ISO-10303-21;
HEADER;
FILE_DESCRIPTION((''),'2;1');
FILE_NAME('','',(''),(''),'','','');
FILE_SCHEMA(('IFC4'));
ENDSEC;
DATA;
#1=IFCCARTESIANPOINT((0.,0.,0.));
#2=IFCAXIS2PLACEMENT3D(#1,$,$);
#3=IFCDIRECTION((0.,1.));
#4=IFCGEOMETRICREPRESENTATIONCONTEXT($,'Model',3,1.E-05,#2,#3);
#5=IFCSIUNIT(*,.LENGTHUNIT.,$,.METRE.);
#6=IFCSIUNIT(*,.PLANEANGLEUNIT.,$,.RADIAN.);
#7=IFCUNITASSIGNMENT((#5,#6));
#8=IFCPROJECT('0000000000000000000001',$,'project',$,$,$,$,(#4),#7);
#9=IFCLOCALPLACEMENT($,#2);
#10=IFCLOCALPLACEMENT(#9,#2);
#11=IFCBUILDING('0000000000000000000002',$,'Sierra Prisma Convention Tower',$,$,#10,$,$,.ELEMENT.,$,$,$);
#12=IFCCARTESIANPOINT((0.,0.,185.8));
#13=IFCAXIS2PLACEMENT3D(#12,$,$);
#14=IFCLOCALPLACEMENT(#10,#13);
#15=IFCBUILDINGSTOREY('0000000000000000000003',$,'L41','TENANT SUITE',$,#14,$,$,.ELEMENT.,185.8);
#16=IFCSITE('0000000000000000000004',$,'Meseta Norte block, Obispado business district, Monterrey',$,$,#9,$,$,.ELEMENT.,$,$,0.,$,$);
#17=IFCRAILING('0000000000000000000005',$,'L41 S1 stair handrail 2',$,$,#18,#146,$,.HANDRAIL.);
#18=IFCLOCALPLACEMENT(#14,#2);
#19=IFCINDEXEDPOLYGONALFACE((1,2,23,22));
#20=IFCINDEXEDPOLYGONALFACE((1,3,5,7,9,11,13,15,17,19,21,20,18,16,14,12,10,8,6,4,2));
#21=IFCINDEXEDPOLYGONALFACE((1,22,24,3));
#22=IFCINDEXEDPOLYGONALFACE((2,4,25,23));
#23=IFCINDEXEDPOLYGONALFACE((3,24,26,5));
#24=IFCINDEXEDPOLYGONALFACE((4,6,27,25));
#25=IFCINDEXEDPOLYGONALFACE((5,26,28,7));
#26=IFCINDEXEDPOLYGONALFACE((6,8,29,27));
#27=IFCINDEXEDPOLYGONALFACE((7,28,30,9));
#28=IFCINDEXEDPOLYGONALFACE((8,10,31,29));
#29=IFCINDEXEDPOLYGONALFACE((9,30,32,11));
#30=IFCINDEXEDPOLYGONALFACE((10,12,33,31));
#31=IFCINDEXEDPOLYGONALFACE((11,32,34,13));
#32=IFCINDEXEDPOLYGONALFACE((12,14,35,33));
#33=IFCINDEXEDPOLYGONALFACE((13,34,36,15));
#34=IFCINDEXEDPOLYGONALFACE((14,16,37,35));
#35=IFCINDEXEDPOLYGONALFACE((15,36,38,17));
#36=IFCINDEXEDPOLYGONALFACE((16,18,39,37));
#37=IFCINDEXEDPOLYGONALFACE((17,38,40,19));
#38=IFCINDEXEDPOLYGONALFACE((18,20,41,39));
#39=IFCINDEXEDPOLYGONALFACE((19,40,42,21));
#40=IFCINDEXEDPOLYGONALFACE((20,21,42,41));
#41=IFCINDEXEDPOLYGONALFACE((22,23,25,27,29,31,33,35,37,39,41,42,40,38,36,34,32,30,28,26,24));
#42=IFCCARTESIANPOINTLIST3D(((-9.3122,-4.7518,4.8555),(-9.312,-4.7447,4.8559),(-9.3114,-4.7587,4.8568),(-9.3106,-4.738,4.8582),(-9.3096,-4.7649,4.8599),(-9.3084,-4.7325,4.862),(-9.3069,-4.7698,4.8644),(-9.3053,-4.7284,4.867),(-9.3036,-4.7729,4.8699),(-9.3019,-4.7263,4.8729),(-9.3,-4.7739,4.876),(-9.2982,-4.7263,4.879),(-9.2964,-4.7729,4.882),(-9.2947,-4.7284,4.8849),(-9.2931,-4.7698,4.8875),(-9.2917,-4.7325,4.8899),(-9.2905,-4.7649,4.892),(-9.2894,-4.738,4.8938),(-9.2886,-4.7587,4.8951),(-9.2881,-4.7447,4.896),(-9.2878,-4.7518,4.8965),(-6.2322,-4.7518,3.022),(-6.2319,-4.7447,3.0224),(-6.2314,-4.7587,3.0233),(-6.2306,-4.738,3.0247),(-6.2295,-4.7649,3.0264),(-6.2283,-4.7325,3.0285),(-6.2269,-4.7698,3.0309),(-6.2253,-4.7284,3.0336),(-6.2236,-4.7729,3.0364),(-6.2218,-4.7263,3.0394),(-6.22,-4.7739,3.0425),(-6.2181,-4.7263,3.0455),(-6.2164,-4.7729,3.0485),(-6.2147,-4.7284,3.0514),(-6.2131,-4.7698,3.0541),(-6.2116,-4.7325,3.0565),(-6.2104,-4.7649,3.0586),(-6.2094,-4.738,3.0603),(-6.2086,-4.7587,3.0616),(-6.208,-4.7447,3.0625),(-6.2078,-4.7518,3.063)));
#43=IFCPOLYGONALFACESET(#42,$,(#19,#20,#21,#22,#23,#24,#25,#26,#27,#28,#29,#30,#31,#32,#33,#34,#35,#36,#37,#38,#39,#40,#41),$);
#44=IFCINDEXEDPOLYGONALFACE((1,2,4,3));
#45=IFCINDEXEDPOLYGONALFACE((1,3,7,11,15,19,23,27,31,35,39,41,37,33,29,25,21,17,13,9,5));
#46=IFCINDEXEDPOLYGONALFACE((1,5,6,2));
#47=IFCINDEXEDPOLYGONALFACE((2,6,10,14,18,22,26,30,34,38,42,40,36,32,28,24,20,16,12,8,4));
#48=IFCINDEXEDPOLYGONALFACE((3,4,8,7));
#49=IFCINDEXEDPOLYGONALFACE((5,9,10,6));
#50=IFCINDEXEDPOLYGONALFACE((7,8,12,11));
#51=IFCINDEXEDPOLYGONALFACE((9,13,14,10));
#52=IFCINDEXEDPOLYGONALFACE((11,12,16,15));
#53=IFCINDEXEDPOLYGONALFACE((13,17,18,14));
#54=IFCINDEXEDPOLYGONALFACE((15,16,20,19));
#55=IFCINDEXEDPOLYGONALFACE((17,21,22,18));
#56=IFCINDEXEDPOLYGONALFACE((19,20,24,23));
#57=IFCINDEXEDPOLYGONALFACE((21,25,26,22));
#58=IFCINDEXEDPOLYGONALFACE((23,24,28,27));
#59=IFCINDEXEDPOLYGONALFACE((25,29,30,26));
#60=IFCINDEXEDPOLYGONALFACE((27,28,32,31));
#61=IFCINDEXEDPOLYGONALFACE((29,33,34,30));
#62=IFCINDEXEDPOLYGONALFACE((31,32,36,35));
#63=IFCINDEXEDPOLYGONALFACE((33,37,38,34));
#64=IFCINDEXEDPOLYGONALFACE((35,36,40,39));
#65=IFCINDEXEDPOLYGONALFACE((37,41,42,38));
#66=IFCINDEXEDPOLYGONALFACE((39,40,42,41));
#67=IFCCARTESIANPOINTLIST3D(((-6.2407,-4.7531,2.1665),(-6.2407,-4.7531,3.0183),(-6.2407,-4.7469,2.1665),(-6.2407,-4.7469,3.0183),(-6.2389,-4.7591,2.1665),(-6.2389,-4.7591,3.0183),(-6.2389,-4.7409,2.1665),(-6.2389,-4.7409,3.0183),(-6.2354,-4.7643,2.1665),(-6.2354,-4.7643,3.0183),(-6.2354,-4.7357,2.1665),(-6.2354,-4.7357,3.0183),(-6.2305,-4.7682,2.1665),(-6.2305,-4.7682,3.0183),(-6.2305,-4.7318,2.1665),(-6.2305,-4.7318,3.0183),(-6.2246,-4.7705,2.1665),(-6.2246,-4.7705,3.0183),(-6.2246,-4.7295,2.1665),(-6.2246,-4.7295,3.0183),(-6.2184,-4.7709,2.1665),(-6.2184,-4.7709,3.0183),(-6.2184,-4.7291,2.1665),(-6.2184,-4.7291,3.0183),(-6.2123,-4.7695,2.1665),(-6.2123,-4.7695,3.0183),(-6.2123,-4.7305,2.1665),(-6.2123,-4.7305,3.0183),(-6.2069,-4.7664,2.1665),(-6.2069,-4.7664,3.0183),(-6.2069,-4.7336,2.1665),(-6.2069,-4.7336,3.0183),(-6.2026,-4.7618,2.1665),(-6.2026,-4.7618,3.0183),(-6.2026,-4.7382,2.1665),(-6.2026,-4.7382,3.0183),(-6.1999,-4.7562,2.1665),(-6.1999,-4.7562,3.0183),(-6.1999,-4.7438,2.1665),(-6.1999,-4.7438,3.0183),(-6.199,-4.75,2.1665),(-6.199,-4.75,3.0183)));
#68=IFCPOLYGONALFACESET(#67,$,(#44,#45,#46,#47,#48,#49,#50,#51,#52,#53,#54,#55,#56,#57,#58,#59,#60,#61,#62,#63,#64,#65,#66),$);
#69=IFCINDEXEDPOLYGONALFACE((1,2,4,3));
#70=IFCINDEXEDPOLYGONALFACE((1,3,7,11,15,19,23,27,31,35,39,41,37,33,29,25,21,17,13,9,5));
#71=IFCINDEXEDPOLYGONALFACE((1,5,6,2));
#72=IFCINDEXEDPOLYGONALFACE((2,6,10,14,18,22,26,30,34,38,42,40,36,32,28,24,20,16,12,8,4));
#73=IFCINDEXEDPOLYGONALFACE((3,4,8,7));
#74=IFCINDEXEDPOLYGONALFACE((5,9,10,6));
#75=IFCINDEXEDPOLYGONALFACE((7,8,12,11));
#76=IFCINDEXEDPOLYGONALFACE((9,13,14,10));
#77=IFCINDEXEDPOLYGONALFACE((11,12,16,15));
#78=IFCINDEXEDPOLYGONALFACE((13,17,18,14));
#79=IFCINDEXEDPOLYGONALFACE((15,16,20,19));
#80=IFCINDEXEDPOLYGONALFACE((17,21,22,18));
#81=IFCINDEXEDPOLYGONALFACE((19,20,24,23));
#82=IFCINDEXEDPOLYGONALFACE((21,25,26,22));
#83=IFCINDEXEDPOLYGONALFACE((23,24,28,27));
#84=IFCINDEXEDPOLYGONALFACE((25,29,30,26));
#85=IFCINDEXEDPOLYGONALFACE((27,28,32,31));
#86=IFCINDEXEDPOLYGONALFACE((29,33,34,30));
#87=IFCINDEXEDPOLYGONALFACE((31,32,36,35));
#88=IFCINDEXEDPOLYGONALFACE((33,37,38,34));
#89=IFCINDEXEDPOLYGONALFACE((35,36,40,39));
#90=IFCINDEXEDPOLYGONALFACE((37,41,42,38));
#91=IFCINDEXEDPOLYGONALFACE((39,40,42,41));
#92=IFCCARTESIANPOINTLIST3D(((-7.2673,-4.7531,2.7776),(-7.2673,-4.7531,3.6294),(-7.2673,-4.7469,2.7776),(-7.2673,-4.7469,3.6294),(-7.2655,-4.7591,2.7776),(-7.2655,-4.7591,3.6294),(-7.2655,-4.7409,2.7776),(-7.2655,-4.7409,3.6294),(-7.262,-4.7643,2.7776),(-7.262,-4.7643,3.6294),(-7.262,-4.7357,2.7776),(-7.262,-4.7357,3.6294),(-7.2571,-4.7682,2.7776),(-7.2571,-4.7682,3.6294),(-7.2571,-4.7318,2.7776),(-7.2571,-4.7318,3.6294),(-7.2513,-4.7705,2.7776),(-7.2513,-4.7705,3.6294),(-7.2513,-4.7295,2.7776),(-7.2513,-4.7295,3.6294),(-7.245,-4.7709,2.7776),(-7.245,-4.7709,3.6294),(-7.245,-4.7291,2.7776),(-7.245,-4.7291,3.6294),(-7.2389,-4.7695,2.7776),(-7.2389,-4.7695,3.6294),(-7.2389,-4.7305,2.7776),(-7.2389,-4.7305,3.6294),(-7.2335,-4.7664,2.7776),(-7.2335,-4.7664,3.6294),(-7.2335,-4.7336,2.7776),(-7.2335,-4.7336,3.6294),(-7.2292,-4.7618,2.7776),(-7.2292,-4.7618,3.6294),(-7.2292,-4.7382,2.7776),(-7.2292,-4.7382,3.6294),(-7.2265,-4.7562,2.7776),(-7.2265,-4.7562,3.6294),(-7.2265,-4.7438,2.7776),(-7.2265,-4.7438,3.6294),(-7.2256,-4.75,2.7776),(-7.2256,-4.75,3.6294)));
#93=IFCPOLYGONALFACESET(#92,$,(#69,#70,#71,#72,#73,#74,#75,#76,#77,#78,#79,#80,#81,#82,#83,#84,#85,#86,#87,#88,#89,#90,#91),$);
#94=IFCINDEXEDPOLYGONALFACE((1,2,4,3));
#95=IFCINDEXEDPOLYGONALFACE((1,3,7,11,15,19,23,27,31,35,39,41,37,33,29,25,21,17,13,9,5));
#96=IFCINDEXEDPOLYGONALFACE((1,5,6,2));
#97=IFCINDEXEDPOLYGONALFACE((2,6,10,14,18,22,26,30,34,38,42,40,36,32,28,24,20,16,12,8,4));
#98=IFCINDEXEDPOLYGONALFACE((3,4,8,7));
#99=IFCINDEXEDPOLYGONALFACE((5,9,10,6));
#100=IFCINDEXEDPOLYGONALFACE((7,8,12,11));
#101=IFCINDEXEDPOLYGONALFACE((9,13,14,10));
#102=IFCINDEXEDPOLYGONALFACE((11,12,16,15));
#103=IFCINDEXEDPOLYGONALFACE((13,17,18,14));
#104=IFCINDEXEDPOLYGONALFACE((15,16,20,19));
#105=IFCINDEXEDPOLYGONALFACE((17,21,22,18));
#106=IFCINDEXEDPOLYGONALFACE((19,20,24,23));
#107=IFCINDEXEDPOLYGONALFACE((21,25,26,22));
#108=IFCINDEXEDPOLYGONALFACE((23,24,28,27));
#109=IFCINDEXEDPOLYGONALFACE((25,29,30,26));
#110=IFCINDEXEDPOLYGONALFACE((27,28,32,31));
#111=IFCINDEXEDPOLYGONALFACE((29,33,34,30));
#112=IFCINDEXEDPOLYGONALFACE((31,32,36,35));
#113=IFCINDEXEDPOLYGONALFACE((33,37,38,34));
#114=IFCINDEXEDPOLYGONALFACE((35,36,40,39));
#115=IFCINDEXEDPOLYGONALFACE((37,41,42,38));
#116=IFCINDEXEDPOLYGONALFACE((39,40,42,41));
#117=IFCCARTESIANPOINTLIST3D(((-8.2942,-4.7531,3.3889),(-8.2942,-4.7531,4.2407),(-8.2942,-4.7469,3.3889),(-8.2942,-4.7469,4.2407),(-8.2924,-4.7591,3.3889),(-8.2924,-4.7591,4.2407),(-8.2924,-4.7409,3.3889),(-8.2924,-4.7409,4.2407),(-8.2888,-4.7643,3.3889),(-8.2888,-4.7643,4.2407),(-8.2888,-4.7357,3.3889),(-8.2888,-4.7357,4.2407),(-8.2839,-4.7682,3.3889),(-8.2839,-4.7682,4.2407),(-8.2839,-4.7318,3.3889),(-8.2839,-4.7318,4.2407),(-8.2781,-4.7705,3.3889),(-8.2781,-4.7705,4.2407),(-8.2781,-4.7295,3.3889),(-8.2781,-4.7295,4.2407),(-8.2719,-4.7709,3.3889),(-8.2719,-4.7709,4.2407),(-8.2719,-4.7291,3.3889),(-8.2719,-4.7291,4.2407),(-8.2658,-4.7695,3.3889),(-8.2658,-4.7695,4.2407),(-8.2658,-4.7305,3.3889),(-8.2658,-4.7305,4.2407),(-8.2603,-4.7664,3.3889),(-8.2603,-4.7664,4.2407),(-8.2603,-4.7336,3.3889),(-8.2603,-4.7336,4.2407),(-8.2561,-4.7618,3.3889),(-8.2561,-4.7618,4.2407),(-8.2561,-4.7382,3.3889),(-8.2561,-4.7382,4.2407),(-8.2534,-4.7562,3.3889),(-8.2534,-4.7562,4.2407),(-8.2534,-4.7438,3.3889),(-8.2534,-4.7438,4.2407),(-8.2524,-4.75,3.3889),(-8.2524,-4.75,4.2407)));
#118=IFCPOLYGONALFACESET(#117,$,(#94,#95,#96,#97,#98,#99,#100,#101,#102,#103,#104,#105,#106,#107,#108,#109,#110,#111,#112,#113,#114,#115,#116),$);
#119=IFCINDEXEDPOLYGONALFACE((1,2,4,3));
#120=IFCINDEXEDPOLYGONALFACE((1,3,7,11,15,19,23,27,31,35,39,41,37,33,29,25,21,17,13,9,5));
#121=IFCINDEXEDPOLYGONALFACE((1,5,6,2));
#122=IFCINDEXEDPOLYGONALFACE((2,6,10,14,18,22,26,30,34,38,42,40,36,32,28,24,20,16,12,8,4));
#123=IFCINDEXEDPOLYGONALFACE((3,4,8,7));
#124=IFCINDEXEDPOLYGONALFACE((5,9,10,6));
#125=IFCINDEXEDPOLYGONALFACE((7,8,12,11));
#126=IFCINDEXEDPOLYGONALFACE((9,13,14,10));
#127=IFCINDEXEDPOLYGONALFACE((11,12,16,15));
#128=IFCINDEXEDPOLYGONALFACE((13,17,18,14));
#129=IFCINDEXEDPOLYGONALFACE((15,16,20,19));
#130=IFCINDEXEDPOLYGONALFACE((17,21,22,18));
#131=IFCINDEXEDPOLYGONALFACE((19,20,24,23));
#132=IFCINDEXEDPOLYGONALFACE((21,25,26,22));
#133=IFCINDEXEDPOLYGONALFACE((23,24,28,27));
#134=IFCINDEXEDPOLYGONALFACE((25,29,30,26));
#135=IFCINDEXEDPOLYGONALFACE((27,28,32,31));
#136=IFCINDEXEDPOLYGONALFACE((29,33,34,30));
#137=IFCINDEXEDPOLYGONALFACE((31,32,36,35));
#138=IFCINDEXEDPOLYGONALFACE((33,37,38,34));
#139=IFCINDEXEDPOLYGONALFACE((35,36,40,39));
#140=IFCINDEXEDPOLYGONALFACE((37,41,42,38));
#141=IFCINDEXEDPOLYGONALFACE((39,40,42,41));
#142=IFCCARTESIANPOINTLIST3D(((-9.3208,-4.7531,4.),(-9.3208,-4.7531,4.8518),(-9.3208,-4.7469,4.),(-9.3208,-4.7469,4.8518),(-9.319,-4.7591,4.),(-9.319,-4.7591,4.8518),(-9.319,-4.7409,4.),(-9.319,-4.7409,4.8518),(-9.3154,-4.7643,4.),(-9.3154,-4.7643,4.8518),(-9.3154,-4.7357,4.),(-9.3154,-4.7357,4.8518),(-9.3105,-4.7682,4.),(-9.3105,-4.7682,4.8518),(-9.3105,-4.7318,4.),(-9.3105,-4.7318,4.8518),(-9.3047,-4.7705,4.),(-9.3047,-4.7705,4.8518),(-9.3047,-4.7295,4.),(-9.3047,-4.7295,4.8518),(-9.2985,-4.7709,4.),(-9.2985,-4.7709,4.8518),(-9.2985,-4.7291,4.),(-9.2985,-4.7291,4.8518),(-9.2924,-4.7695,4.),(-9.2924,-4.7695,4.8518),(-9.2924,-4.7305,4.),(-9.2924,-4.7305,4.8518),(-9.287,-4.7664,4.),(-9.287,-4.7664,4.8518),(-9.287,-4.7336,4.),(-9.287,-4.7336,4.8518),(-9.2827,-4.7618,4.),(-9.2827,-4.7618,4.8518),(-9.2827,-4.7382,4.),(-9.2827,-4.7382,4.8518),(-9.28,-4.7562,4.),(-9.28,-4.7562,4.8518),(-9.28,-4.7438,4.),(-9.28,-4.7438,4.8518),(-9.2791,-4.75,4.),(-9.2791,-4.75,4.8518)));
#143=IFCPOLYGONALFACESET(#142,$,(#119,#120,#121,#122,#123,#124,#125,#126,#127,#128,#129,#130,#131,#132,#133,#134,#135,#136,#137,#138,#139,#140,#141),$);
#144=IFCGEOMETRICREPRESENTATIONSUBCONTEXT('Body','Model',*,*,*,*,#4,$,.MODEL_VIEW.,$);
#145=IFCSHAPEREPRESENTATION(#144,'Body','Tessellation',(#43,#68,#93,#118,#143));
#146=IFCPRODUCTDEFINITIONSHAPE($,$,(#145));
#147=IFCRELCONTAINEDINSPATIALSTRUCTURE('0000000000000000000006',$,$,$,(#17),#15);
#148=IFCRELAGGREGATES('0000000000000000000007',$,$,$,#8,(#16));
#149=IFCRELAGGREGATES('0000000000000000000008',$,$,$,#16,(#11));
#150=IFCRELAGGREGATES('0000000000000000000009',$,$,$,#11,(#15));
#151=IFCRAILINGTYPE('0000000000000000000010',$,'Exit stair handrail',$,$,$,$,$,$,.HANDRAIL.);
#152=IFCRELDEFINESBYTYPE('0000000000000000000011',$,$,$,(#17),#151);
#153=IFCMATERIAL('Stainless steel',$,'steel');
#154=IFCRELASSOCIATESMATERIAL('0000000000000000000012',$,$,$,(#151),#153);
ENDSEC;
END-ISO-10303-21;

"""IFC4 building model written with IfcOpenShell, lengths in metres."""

from ifc_helpers import new_model, si_unit, direction, frame, origin, origin_2d, place, context, subcontext, project, spatial, circle, extrude, material, type_object, element, save


model = new_model("IFC4")

# Units and contexts
model_context = context("Model", 3, precision=1e-05, world=origin(), true_north=direction((0.0, 1.0)))
body_context = subcontext(model_context, "Body", "Model", "MODEL_VIEW")
ifc_project = project(units=[si_unit("LENGTHUNIT", "METRE"), si_unit("PLANEANGLEUNIT", "RADIAN")], contexts=[model_context])

# Site, building, storey
site_placement = place(None, origin())
site = spatial("IfcSite", under=ifc_project, at=site_placement, Name="Meseta Norte block, Obispado business district, Monterrey", CompositionType="ELEMENT", RefElevation=0.0)
building_placement = place(site_placement, origin())
building = spatial("IfcBuilding", under=site, at=building_placement, Name="Sierra Prisma Convention Tower", CompositionType="ELEMENT")
storey_placement = place(building_placement, frame((0.0, 0.0, 185.8)))
storey = spatial("IfcBuildingStorey", under=building, at=storey_placement, Name="L41", Description="TENANT SUITE", CompositionType="ELEMENT", Elevation=185.8)

# Railing
ifc_material_1 = material(Name="Stainless steel", Category="steel")
railing_type_1 = type_object("IfcRailingType", Name="Exit stair handrail", PredefinedType="HANDRAIL", material=ifc_material_1)
railing_1_placement = place(storey_placement, frame((-6.22, -4.75, 2.1665)))
element("IfcRailing", 1, at=railing_1_placement, inside=storey, type_object=railing_type_1, Name="L41 S1 stair handrail 2", PredefinedType="HANDRAIL", context=body_context, shape_type="SweptSolid", body=[
    extrude(circle(Radius=0.0239, at=origin_2d()), frame((0.0, 0.0, 0.876), z_axis=(-0.859279, 0.0, 0.511508), x_axis=(0.0, -1.0, 0.0)), (0.0, 0.0, 1.0), 3.5845),
    extrude(circle(Radius=0.021, at=origin_2d()), origin(), (0.0, 0.0, 1.0), 0.8518),
    extrude(circle(Radius=0.021, at=origin_2d()), frame((-1.0266, 0.0, 0.6111)), (0.0, 0.0, 1.0), 0.8518),
    extrude(circle(Radius=0.021, at=origin_2d()), frame((-2.0535, 0.0, 1.2224)), (0.0, 0.0, 1.0), 0.8518),
    extrude(circle(Radius=0.021, at=origin_2d()), frame((-3.0801, 0.0, 1.8335)), (0.0, 0.0, 1.0), 0.8518),
])

save(model, "model.ifc")
